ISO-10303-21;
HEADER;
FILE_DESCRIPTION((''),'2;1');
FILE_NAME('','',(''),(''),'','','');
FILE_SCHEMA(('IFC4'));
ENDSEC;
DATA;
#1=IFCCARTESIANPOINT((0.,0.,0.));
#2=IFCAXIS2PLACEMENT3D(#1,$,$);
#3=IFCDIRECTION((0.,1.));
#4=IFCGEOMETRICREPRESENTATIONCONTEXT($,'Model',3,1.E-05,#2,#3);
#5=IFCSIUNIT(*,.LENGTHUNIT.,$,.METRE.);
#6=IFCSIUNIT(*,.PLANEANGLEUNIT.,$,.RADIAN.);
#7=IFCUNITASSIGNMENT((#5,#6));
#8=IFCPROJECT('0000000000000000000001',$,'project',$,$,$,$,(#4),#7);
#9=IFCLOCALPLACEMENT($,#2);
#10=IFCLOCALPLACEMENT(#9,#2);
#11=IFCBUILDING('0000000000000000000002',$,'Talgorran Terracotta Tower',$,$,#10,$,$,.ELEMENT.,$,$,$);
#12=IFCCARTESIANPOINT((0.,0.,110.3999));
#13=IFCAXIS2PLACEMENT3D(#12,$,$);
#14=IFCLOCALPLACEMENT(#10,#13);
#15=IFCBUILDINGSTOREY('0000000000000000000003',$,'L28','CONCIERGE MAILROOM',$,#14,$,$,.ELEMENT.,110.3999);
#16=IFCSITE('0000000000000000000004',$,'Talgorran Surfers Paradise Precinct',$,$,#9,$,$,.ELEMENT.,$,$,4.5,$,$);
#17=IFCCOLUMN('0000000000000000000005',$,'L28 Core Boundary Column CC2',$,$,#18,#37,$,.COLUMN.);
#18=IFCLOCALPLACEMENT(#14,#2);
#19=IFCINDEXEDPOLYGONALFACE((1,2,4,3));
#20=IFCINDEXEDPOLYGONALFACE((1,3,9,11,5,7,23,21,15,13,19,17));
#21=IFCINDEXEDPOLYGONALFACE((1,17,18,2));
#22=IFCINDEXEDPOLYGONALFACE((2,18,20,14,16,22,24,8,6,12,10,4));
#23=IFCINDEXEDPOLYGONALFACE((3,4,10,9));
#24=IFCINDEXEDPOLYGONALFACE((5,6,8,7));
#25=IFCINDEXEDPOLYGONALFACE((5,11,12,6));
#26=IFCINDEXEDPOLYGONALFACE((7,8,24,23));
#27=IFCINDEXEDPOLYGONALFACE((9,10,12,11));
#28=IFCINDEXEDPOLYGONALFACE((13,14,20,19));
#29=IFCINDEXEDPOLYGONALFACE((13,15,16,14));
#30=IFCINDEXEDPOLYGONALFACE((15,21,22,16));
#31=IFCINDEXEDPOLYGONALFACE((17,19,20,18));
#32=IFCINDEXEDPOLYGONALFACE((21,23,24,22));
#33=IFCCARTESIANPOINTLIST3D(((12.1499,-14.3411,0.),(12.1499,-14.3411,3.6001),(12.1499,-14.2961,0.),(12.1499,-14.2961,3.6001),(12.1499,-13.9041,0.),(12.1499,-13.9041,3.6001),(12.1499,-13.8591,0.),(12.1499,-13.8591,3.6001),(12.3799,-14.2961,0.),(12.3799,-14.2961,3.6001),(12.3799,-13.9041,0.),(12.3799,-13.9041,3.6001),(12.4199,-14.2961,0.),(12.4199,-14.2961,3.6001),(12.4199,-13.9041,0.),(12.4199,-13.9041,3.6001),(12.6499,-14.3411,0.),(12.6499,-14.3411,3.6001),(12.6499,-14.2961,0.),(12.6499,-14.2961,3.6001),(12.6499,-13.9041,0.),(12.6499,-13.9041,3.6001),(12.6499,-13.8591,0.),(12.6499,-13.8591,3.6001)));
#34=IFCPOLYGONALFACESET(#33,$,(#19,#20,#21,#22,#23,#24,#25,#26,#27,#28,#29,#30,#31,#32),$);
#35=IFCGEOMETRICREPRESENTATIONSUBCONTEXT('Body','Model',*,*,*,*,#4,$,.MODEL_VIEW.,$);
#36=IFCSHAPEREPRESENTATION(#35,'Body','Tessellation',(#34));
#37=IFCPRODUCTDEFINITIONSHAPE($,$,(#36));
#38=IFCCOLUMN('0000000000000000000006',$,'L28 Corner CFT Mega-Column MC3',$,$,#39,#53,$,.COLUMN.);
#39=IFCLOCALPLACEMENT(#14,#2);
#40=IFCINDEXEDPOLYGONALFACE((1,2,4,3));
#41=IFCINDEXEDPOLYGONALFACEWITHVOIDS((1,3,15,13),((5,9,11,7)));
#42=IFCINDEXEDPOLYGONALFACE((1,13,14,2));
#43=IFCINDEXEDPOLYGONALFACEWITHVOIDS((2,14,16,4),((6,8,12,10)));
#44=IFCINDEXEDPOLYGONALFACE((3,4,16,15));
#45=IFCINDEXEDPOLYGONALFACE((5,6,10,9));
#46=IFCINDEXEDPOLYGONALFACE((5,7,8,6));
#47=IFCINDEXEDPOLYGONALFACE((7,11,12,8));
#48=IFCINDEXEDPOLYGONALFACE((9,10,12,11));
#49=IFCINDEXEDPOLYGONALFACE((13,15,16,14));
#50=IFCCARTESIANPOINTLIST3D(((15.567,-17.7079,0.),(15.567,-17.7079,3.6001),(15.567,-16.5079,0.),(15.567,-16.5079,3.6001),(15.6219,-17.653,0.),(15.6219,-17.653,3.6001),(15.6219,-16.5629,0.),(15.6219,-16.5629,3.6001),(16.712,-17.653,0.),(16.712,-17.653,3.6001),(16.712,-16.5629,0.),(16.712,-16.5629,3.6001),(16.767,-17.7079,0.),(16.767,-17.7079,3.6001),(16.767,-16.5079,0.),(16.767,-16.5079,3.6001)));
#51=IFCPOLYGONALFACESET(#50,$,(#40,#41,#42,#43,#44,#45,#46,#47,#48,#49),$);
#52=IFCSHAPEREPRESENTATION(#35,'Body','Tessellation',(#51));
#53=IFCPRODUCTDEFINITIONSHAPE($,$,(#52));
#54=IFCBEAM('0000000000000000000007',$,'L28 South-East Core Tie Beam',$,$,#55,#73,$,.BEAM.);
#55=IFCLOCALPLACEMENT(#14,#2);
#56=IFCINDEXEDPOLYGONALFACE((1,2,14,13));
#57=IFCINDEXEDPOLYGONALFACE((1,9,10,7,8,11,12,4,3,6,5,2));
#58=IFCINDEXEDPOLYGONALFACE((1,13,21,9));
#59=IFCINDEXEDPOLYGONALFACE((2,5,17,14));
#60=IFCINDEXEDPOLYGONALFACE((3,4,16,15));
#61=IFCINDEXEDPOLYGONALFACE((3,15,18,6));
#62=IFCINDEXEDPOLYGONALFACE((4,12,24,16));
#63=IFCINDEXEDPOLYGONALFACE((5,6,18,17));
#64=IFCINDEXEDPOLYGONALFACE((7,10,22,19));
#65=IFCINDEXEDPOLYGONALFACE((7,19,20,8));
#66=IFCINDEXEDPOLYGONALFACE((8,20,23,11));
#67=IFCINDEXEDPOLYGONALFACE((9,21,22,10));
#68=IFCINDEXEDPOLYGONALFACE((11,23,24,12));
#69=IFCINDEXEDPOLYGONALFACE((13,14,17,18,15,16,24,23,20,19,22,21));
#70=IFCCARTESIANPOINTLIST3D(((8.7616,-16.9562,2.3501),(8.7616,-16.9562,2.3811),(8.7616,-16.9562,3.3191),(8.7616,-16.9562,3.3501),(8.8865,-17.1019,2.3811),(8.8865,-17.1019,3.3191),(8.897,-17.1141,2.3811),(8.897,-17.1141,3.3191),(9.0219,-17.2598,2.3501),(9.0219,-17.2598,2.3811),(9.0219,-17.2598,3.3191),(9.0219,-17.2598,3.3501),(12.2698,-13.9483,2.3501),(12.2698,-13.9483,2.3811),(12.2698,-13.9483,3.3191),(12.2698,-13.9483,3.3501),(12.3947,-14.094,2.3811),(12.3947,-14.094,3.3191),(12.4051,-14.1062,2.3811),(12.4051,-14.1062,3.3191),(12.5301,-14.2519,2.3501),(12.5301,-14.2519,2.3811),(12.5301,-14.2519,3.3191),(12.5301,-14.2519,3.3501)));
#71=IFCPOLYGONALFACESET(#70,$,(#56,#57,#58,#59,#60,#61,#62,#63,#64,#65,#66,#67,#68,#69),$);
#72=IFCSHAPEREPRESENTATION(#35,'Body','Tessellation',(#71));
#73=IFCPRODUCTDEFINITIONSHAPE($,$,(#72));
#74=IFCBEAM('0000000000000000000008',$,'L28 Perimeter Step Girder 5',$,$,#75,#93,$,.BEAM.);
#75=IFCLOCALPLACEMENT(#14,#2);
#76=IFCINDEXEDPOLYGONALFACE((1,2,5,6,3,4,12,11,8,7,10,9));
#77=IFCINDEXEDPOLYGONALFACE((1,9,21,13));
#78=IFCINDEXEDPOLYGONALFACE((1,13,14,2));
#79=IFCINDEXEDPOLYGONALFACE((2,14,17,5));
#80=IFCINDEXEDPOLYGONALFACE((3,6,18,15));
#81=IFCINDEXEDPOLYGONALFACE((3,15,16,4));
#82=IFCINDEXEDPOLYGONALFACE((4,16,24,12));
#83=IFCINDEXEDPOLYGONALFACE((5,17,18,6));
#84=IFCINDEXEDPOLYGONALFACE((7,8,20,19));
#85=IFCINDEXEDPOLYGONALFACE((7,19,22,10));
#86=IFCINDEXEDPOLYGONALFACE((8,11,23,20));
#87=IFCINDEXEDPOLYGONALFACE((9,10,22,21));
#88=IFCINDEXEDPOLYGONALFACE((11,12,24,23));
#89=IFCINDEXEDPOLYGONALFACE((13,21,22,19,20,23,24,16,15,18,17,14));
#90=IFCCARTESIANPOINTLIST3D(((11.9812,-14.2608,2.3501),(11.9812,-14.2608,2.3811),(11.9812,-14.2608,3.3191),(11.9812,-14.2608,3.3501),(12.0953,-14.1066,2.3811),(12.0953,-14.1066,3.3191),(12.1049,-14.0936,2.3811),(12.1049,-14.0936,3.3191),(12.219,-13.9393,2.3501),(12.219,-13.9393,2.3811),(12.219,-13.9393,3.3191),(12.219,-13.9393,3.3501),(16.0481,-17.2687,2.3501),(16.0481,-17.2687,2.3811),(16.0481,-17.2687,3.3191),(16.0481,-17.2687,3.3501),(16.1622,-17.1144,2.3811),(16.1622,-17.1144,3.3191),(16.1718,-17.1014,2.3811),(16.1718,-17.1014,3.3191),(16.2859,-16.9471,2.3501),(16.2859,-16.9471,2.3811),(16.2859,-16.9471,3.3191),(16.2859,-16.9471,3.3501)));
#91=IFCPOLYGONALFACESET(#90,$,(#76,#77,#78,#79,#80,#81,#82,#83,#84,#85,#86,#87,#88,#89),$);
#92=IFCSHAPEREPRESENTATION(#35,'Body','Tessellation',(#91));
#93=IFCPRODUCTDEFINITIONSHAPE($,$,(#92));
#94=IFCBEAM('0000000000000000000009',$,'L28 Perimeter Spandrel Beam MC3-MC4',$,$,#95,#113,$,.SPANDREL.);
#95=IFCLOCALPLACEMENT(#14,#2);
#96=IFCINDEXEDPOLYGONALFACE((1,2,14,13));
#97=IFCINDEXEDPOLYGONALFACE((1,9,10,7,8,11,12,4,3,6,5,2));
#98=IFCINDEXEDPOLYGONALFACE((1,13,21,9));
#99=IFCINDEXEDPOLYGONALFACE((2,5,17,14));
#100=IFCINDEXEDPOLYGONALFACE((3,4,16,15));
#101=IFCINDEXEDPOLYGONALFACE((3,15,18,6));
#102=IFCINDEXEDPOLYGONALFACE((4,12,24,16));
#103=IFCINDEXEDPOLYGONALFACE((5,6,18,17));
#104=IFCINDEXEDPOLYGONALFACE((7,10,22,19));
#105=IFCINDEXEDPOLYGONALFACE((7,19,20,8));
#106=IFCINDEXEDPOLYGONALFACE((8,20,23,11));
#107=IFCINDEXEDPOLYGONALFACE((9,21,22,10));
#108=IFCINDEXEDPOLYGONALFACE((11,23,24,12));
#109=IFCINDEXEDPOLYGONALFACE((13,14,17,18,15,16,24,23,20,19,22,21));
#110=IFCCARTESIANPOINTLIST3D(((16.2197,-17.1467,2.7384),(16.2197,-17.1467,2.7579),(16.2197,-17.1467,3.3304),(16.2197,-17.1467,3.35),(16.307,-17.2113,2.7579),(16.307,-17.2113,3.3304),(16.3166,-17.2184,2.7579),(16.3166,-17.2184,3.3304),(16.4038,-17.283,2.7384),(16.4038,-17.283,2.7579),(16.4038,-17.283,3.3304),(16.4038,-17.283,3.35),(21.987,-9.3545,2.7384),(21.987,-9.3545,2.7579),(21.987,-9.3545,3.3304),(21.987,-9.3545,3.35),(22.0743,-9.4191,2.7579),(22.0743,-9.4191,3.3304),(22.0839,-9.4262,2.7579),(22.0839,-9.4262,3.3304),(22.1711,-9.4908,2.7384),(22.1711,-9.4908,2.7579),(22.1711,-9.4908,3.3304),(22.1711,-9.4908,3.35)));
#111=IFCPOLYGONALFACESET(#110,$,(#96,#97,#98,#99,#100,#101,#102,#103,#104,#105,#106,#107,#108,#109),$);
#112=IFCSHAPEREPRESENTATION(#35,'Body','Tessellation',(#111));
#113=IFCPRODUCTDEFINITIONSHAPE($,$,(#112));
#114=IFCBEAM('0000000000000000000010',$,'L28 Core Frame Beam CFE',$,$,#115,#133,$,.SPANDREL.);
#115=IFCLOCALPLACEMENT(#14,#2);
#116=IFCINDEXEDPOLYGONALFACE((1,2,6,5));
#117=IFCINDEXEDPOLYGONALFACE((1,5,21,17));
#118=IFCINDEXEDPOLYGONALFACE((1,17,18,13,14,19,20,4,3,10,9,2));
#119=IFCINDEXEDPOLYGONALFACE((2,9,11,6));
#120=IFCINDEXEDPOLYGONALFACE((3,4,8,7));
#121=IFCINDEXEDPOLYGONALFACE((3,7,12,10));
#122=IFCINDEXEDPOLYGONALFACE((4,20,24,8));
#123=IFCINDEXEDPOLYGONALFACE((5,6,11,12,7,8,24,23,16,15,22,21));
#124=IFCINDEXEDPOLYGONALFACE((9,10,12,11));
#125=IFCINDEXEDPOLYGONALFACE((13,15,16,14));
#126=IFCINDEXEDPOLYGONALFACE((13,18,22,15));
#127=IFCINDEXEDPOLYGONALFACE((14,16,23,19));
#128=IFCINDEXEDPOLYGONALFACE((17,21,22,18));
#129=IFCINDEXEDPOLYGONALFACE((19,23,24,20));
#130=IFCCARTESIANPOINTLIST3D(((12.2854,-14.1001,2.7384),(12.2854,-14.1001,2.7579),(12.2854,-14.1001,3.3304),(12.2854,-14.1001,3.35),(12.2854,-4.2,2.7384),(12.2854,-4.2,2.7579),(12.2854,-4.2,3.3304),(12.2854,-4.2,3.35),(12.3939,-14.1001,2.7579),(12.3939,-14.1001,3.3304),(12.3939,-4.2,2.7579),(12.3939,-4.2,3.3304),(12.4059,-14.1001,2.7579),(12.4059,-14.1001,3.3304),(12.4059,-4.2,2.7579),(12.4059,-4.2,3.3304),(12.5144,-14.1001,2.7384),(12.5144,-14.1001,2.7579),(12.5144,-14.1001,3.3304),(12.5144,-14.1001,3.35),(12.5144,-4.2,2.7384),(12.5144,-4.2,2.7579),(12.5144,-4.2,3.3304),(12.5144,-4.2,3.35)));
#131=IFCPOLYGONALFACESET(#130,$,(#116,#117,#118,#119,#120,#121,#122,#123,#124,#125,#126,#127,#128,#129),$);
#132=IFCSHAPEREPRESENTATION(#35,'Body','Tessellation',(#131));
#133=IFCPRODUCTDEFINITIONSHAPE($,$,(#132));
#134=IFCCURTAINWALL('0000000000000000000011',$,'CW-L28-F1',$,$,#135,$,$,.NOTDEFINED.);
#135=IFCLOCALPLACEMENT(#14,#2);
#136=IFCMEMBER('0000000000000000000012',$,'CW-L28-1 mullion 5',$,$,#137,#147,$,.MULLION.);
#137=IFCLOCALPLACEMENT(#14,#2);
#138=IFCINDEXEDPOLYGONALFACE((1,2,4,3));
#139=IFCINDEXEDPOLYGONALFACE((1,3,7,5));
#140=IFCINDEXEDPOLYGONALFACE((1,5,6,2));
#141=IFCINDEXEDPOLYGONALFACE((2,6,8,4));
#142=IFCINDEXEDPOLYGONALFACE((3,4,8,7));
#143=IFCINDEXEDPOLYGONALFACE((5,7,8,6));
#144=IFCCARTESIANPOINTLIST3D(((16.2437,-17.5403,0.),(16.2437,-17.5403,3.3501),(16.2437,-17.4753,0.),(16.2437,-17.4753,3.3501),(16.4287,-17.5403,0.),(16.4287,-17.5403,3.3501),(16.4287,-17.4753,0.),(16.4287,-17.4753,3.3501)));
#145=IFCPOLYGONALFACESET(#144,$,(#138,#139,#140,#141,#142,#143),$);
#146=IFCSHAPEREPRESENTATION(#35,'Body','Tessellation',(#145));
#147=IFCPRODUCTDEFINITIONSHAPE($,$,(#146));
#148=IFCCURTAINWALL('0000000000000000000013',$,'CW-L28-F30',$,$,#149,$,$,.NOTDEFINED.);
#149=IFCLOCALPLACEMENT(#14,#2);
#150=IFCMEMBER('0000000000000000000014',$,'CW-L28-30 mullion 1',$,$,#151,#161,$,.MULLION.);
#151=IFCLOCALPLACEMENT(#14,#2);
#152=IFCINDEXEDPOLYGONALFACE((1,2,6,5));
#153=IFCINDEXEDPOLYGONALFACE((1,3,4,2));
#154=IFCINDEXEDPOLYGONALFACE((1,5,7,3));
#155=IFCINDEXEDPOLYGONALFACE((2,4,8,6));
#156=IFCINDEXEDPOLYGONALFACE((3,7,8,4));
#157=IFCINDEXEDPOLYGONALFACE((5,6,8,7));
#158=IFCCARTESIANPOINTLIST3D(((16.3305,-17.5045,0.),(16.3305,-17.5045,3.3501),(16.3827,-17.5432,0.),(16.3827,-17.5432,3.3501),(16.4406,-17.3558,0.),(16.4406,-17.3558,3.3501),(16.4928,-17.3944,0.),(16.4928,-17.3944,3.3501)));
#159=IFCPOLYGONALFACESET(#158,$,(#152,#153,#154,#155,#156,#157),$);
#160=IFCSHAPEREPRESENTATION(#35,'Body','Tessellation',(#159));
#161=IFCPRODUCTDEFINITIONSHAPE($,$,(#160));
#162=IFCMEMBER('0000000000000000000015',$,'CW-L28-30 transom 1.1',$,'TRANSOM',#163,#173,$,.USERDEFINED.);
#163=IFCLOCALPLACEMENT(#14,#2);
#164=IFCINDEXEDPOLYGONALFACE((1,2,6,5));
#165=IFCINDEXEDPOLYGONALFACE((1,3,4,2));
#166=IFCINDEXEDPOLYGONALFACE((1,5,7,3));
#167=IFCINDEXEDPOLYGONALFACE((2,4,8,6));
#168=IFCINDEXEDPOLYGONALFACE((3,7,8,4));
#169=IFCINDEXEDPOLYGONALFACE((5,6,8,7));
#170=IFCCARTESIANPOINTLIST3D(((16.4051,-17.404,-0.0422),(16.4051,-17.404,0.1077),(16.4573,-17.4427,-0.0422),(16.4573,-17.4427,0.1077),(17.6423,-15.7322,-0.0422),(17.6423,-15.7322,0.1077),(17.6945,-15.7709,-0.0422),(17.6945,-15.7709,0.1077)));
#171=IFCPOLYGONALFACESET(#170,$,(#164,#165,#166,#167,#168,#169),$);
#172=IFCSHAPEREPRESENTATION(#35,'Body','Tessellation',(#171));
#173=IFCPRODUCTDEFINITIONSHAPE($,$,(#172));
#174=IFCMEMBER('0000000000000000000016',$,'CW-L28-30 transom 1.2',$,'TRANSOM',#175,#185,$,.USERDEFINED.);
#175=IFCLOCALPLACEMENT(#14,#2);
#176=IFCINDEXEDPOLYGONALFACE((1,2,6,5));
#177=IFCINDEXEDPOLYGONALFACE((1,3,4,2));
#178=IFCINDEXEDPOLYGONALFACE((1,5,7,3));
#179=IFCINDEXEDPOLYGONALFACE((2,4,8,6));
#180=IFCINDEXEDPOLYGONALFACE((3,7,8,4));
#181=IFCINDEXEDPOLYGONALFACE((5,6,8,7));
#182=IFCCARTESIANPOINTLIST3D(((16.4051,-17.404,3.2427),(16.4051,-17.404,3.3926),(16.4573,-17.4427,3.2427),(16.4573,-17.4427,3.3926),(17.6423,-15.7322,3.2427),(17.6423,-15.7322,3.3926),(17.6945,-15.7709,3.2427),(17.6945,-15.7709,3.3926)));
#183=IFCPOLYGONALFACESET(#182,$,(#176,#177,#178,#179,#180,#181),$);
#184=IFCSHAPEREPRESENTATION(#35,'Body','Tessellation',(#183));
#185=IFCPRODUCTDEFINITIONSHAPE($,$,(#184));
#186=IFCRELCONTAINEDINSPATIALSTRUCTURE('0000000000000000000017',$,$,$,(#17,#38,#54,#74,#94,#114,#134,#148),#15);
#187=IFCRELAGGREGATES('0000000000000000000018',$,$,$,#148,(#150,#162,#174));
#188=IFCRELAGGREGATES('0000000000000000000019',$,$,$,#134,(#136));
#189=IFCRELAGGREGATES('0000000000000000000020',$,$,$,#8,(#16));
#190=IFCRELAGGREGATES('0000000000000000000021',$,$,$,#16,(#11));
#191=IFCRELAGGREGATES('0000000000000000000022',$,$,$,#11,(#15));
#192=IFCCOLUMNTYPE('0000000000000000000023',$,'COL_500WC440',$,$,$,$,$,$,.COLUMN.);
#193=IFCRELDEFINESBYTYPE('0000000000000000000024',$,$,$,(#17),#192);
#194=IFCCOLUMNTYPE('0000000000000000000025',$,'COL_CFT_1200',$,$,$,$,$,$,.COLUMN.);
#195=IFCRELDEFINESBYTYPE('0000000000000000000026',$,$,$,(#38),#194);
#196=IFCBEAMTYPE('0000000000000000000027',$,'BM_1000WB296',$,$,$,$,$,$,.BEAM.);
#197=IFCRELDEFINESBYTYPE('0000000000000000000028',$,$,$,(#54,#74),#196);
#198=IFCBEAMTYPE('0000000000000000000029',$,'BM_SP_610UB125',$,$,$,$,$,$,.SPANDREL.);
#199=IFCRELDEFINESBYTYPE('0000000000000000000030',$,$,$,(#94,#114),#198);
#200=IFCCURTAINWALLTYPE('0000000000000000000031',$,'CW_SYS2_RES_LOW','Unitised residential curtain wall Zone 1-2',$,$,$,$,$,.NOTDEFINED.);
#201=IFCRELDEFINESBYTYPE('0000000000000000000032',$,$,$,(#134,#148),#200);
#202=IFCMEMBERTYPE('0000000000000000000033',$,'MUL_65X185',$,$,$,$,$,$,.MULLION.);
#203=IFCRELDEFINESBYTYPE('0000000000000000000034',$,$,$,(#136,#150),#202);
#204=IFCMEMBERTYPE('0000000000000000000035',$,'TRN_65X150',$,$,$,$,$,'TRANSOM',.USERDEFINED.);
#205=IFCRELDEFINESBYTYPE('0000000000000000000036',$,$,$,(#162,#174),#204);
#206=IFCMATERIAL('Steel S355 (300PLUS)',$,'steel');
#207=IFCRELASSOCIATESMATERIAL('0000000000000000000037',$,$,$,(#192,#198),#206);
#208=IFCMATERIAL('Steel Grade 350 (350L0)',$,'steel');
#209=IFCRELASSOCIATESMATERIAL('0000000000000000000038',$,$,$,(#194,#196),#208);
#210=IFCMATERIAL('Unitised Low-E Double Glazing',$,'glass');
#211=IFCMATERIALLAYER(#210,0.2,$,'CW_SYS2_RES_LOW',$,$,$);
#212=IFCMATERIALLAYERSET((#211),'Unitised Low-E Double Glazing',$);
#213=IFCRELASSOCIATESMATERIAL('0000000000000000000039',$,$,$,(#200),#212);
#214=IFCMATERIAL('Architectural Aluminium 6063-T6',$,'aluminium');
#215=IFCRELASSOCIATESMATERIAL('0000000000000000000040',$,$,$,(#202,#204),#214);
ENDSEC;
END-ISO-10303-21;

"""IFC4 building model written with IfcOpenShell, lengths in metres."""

from ifc_helpers import new_model, si_unit, direction, frame, origin, origin_2d, place, context, subcontext, project, spatial, rectangle, hollow_rectangle, i_section, extrude, material, layer, layer_set, material_profile, profile_set, type_object, element, aggregate, save


model = new_model("IFC4")

# Units and contexts
model_context = context("Model", 3, precision=1e-05, world=origin(), true_north=direction((0.0, 1.0)))
body_context = subcontext(model_context, "Body", "Model", "MODEL_VIEW")
ifc_project = project(units=[si_unit("LENGTHUNIT", "METRE"), si_unit("PLANEANGLEUNIT", "RADIAN")], contexts=[model_context])

# Site, building, storey
site_placement = place(None, origin())
site = spatial("IfcSite", under=ifc_project, at=site_placement, Name="Talgorran Surfers Paradise Precinct", CompositionType="ELEMENT", RefElevation=4.5)
building_placement = place(site_placement, origin())
building = spatial("IfcBuilding", under=site, at=building_placement, Name="Talgorran Terracotta Tower", CompositionType="ELEMENT")
storey_placement = place(building_placement, frame((0.0, 0.0, 110.3999)))
storey = spatial("IfcBuildingStorey", under=building, at=storey_placement, Name="L28", Description="CONCIERGE MAILROOM", CompositionType="ELEMENT", Elevation=110.3999)

# Columns
ifc_material_1 = material(Name="Steel S355 (300PLUS)", Category="steel")
ifc_material_profile_1 = material_profile(ifc_material_1, i_section(OverallWidth=0.5, OverallDepth=0.4819, WebThickness=0.04, FlangeThickness=0.0449, at=origin_2d()), Name="500WC440")
ifc_profile_set_1 = profile_set([ifc_material_profile_1], Name="Steel S355 (300PLUS)")
column_type_1 = type_object("IfcColumnType", Name="COL_500WC440", PredefinedType="COLUMN", material=ifc_profile_set_1)
column_1_placement = place(storey_placement, frame((12.3999, -14.1001, 0.0), z_axis=(0.0, 0.0, 1.0), x_axis=(1.0, 0.0, 0.0)))
element("IfcColumn", 1, at=column_1_placement, inside=storey, type_object=column_type_1, Name="L28 Core Boundary Column CC2", PredefinedType="COLUMN", context=body_context, shape_type="SweptSolid", body=[
    extrude(i_section(OverallWidth=0.5, OverallDepth=0.4819, WebThickness=0.04, FlangeThickness=0.0449, at=origin_2d()), origin(), (0.0, 0.0, 1.0), 3.6001),
])
ifc_material_2 = material(Name="Steel Grade 350 (350L0)", Category="steel")
ifc_material_profile_2 = material_profile(ifc_material_2, hollow_rectangle(XDim=1.2, YDim=1.2, WallThickness=0.0549, at=origin_2d()), Name="CFT1200X1200X55")
ifc_profile_set_2 = profile_set([ifc_material_profile_2], Name="Steel Grade 350 (350L0)")
column_type_2 = type_object("IfcColumnType", Name="COL_CFT_1200", PredefinedType="COLUMN", material=ifc_profile_set_2)
column_2_placement = place(storey_placement, frame((16.167, -17.1079, 0.0), z_axis=(0.0, 0.0, 1.0), x_axis=(1.0, 0.0, 0.0)))
element("IfcColumn", 2, at=column_2_placement, inside=storey, type_object=column_type_2, Name="L28 Corner CFT Mega-Column MC3", PredefinedType="COLUMN", context=body_context, shape_type="SweptSolid", body=[
    extrude(hollow_rectangle(XDim=1.2, YDim=1.2, WallThickness=0.0549, at=origin_2d()), origin(), (0.0, 0.0, 1.0), 3.6001),
])

# Beams
ifc_material_profile_3 = material_profile(ifc_material_2, i_section(OverallWidth=0.3999, OverallDepth=1.0, WebThickness=0.0161, FlangeThickness=0.031, at=origin_2d()), Name="1000WB296")
ifc_profile_set_3 = profile_set([ifc_material_profile_3], Name="Steel Grade 350 (350L0)")
beam_type_1 = type_object("IfcBeamType", Name="BM_1000WB296", PredefinedType="BEAM", material=ifc_profile_set_3)
beam_1_placement = place(storey_placement, frame((12.3999, -14.1001, 2.8501), z_axis=(-0.75916, -0.650904, 0.0), x_axis=(0.650904, -0.75916, 0.0)))
element("IfcBeam", 3, at=beam_1_placement, inside=storey, type_object=beam_type_1, Name="L28 South-East Core Tie Beam", PredefinedType="BEAM", context=body_context, shape_type="SweptSolid", body=[
    extrude(i_section(OverallWidth=0.3999, OverallDepth=1.0, WebThickness=0.0161, FlangeThickness=0.031, at=origin_2d()), origin(), (0.0, 0.0, 1.0), 4.6211),
])
beam_2_placement = place(storey_placement, frame((16.167, -17.1079, 2.8501), z_axis=(-0.804002, 0.594627, 0.0), x_axis=(-0.594627, -0.804002, 0.0)))
element("IfcBeam", 4, at=beam_2_placement, inside=storey, type_object=beam_type_1, Name="L28 Perimeter Step Girder 5", PredefinedType="BEAM", context=body_context, shape_type="SweptSolid", body=[
    extrude(i_section(OverallWidth=0.3999, OverallDepth=1.0, WebThickness=0.0161, FlangeThickness=0.031, at=origin_2d()), origin(), (0.0, 0.0, 1.0), 5.0583),
])
ifc_material_profile_4 = material_profile(ifc_material_1, i_section(OverallWidth=0.229, OverallDepth=0.6116, WebThickness=0.012, FlangeThickness=0.0195, at=origin_2d()), Name="610UB125")
ifc_profile_set_4 = profile_set([ifc_material_profile_4], Name="Steel S355 (300PLUS)")
beam_type_2 = type_object("IfcBeamType", Name="BM_SP_610UB125", PredefinedType="SPANDREL", material=ifc_profile_set_4)
beam_3_placement = place(storey_placement, frame((16.3118, -17.2148, 3.0442), z_axis=(0.594915, 0.803789, 0.0), x_axis=(-0.803789, 0.594915, 0.0)))
element("IfcBeam", 5, at=beam_3_placement, inside=storey, type_object=beam_type_2, Name="L28 Perimeter Spandrel Beam MC3-MC4", PredefinedType="SPANDREL", context=body_context, shape_type="SweptSolid", body=[
    extrude(i_section(OverallWidth=0.229, OverallDepth=0.6116, WebThickness=0.012, FlangeThickness=0.0195, at=origin_2d()), origin(), (0.0, 0.0, 1.0), 9.6943),
])
beam_4_placement = place(storey_placement, frame((12.3999, -14.1001, 3.0442), z_axis=(0.0, 1.0, 0.0), x_axis=(-1.0, 0.0, 0.0)))
element("IfcBeam", 6, at=beam_4_placement, inside=storey, type_object=beam_type_2, Name="L28 Core Frame Beam CFE", PredefinedType="SPANDREL", context=body_context, shape_type="SweptSolid", body=[
    extrude(i_section(OverallWidth=0.229, OverallDepth=0.6116, WebThickness=0.012, FlangeThickness=0.0195, at=origin_2d()), origin(), (0.0, 0.0, 1.0), 9.9001),
])

# Curtain wall, member
ifc_material_3 = material(Name="Unitised Low-E Double Glazing", Category="glass")
ifc_layer_1 = layer(ifc_material_3, 0.2, Name="CW_SYS2_RES_LOW")
ifc_layer_set_1 = layer_set([ifc_layer_1], Name="Unitised Low-E Double Glazing")
curtain_wall_type = type_object("IfcCurtainWallType", Name="CW_SYS2_RES_LOW", Description="Unitised residential curtain wall Zone 1-2", PredefinedType="NOTDEFINED", material=ifc_layer_set_1)
curtain_wall_1_placement = place(storey_placement, origin())
curtain_wall_1 = element("IfcCurtainWall", 7, at=curtain_wall_1_placement, inside=storey, type_object=curtain_wall_type, Name="CW-L28-F1", PredefinedType="NOTDEFINED")
ifc_material_4 = material(Name="Architectural Aluminium 6063-T6", Category="aluminium")
ifc_material_profile_5 = material_profile(ifc_material_4, rectangle(XDim=0.0649, YDim=0.1851, at=origin_2d()), Name="CWM65X185")
ifc_profile_set_5 = profile_set([ifc_material_profile_5], Name="Architectural Aluminium 6063-T6")
member_type_1 = type_object("IfcMemberType", Name="MUL_65X185", PredefinedType="MULLION", material=ifc_profile_set_5)
member_1_placement = place(storey_placement, frame((16.3362, -17.5078, 0.0), z_axis=(0.0, 0.0, 1.0), x_axis=(0.0, 1.0, 0.0)))
member_1 = element("IfcMember", 8, at=member_1_placement, type_object=member_type_1, Name="CW-L28-1 mullion 5", PredefinedType="MULLION", context=body_context, shape_type="SweptSolid", body=[
    extrude(rectangle(XDim=0.0649, YDim=0.1851, at=origin_2d()), origin(), (0.0, 0.0, 1.0), 3.3501),
])

# Curtain wall, members
curtain_wall_2_placement = place(storey_placement, origin())
curtain_wall_2 = element("IfcCurtainWall", 9, at=curtain_wall_2_placement, inside=storey, type_object=curtain_wall_type, Name="CW-L28-F30", PredefinedType="NOTDEFINED")
member_2_placement = place(storey_placement, frame((16.4116, -17.4495, 0.0), z_axis=(0.0, 0.0, 1.0), x_axis=(-0.80379, 0.594913, 0.0)))
member_2 = element("IfcMember", 10, at=member_2_placement, type_object=member_type_1, Name="CW-L28-30 mullion 1", PredefinedType="MULLION", context=body_context, shape_type="SweptSolid", body=[
    extrude(rectangle(XDim=0.0649, YDim=0.1851, at=origin_2d()), origin(), (0.0, 0.0, 1.0), 3.3501),
])
ifc_material_profile_6 = material_profile(ifc_material_4, rectangle(XDim=0.0649, YDim=0.1499, at=origin_2d()), Name="CWT65X150")
ifc_profile_set_6 = profile_set([ifc_material_profile_6], Name="Architectural Aluminium 6063-T6")
member_type_2 = type_object("IfcMemberType", Name="TRN_65X150", ElementType="TRANSOM", PredefinedType="USERDEFINED", material=ifc_profile_set_6)
member_3_placement = place(storey_placement, frame((16.4312, -17.4233, 0.0327), z_axis=(0.594879, 0.803815, 0.0), x_axis=(-0.803815, 0.594879, 0.0)))
member_3 = element("IfcMember", 11, at=member_3_placement, type_object=member_type_2, Name="CW-L28-30 transom 1.1", ObjectType="TRANSOM", PredefinedType="USERDEFINED", context=body_context, shape_type="SweptSolid", body=[
    extrude(rectangle(XDim=0.0649, YDim=0.1499, at=origin_2d()), origin(), (0.0, 0.0, 1.0), 2.0798),
])
member_4_placement = place(storey_placement, frame((16.4312, -17.4233, 3.3176), z_axis=(0.594879, 0.803815, 0.0), x_axis=(-0.803815, 0.594879, 0.0)))
member_4 = element("IfcMember", 12, at=member_4_placement, type_object=member_type_2, Name="CW-L28-30 transom 1.2", ObjectType="TRANSOM", PredefinedType="USERDEFINED", context=body_context, shape_type="SweptSolid", body=[
    extrude(rectangle(XDim=0.0649, YDim=0.1499, at=origin_2d()), origin(), (0.0, 0.0, 1.0), 2.0798),
])
aggregate(curtain_wall_2, [member_2, member_3, member_4])

aggregate(curtain_wall_1, [member_1])

save(model, "model.ifc")
